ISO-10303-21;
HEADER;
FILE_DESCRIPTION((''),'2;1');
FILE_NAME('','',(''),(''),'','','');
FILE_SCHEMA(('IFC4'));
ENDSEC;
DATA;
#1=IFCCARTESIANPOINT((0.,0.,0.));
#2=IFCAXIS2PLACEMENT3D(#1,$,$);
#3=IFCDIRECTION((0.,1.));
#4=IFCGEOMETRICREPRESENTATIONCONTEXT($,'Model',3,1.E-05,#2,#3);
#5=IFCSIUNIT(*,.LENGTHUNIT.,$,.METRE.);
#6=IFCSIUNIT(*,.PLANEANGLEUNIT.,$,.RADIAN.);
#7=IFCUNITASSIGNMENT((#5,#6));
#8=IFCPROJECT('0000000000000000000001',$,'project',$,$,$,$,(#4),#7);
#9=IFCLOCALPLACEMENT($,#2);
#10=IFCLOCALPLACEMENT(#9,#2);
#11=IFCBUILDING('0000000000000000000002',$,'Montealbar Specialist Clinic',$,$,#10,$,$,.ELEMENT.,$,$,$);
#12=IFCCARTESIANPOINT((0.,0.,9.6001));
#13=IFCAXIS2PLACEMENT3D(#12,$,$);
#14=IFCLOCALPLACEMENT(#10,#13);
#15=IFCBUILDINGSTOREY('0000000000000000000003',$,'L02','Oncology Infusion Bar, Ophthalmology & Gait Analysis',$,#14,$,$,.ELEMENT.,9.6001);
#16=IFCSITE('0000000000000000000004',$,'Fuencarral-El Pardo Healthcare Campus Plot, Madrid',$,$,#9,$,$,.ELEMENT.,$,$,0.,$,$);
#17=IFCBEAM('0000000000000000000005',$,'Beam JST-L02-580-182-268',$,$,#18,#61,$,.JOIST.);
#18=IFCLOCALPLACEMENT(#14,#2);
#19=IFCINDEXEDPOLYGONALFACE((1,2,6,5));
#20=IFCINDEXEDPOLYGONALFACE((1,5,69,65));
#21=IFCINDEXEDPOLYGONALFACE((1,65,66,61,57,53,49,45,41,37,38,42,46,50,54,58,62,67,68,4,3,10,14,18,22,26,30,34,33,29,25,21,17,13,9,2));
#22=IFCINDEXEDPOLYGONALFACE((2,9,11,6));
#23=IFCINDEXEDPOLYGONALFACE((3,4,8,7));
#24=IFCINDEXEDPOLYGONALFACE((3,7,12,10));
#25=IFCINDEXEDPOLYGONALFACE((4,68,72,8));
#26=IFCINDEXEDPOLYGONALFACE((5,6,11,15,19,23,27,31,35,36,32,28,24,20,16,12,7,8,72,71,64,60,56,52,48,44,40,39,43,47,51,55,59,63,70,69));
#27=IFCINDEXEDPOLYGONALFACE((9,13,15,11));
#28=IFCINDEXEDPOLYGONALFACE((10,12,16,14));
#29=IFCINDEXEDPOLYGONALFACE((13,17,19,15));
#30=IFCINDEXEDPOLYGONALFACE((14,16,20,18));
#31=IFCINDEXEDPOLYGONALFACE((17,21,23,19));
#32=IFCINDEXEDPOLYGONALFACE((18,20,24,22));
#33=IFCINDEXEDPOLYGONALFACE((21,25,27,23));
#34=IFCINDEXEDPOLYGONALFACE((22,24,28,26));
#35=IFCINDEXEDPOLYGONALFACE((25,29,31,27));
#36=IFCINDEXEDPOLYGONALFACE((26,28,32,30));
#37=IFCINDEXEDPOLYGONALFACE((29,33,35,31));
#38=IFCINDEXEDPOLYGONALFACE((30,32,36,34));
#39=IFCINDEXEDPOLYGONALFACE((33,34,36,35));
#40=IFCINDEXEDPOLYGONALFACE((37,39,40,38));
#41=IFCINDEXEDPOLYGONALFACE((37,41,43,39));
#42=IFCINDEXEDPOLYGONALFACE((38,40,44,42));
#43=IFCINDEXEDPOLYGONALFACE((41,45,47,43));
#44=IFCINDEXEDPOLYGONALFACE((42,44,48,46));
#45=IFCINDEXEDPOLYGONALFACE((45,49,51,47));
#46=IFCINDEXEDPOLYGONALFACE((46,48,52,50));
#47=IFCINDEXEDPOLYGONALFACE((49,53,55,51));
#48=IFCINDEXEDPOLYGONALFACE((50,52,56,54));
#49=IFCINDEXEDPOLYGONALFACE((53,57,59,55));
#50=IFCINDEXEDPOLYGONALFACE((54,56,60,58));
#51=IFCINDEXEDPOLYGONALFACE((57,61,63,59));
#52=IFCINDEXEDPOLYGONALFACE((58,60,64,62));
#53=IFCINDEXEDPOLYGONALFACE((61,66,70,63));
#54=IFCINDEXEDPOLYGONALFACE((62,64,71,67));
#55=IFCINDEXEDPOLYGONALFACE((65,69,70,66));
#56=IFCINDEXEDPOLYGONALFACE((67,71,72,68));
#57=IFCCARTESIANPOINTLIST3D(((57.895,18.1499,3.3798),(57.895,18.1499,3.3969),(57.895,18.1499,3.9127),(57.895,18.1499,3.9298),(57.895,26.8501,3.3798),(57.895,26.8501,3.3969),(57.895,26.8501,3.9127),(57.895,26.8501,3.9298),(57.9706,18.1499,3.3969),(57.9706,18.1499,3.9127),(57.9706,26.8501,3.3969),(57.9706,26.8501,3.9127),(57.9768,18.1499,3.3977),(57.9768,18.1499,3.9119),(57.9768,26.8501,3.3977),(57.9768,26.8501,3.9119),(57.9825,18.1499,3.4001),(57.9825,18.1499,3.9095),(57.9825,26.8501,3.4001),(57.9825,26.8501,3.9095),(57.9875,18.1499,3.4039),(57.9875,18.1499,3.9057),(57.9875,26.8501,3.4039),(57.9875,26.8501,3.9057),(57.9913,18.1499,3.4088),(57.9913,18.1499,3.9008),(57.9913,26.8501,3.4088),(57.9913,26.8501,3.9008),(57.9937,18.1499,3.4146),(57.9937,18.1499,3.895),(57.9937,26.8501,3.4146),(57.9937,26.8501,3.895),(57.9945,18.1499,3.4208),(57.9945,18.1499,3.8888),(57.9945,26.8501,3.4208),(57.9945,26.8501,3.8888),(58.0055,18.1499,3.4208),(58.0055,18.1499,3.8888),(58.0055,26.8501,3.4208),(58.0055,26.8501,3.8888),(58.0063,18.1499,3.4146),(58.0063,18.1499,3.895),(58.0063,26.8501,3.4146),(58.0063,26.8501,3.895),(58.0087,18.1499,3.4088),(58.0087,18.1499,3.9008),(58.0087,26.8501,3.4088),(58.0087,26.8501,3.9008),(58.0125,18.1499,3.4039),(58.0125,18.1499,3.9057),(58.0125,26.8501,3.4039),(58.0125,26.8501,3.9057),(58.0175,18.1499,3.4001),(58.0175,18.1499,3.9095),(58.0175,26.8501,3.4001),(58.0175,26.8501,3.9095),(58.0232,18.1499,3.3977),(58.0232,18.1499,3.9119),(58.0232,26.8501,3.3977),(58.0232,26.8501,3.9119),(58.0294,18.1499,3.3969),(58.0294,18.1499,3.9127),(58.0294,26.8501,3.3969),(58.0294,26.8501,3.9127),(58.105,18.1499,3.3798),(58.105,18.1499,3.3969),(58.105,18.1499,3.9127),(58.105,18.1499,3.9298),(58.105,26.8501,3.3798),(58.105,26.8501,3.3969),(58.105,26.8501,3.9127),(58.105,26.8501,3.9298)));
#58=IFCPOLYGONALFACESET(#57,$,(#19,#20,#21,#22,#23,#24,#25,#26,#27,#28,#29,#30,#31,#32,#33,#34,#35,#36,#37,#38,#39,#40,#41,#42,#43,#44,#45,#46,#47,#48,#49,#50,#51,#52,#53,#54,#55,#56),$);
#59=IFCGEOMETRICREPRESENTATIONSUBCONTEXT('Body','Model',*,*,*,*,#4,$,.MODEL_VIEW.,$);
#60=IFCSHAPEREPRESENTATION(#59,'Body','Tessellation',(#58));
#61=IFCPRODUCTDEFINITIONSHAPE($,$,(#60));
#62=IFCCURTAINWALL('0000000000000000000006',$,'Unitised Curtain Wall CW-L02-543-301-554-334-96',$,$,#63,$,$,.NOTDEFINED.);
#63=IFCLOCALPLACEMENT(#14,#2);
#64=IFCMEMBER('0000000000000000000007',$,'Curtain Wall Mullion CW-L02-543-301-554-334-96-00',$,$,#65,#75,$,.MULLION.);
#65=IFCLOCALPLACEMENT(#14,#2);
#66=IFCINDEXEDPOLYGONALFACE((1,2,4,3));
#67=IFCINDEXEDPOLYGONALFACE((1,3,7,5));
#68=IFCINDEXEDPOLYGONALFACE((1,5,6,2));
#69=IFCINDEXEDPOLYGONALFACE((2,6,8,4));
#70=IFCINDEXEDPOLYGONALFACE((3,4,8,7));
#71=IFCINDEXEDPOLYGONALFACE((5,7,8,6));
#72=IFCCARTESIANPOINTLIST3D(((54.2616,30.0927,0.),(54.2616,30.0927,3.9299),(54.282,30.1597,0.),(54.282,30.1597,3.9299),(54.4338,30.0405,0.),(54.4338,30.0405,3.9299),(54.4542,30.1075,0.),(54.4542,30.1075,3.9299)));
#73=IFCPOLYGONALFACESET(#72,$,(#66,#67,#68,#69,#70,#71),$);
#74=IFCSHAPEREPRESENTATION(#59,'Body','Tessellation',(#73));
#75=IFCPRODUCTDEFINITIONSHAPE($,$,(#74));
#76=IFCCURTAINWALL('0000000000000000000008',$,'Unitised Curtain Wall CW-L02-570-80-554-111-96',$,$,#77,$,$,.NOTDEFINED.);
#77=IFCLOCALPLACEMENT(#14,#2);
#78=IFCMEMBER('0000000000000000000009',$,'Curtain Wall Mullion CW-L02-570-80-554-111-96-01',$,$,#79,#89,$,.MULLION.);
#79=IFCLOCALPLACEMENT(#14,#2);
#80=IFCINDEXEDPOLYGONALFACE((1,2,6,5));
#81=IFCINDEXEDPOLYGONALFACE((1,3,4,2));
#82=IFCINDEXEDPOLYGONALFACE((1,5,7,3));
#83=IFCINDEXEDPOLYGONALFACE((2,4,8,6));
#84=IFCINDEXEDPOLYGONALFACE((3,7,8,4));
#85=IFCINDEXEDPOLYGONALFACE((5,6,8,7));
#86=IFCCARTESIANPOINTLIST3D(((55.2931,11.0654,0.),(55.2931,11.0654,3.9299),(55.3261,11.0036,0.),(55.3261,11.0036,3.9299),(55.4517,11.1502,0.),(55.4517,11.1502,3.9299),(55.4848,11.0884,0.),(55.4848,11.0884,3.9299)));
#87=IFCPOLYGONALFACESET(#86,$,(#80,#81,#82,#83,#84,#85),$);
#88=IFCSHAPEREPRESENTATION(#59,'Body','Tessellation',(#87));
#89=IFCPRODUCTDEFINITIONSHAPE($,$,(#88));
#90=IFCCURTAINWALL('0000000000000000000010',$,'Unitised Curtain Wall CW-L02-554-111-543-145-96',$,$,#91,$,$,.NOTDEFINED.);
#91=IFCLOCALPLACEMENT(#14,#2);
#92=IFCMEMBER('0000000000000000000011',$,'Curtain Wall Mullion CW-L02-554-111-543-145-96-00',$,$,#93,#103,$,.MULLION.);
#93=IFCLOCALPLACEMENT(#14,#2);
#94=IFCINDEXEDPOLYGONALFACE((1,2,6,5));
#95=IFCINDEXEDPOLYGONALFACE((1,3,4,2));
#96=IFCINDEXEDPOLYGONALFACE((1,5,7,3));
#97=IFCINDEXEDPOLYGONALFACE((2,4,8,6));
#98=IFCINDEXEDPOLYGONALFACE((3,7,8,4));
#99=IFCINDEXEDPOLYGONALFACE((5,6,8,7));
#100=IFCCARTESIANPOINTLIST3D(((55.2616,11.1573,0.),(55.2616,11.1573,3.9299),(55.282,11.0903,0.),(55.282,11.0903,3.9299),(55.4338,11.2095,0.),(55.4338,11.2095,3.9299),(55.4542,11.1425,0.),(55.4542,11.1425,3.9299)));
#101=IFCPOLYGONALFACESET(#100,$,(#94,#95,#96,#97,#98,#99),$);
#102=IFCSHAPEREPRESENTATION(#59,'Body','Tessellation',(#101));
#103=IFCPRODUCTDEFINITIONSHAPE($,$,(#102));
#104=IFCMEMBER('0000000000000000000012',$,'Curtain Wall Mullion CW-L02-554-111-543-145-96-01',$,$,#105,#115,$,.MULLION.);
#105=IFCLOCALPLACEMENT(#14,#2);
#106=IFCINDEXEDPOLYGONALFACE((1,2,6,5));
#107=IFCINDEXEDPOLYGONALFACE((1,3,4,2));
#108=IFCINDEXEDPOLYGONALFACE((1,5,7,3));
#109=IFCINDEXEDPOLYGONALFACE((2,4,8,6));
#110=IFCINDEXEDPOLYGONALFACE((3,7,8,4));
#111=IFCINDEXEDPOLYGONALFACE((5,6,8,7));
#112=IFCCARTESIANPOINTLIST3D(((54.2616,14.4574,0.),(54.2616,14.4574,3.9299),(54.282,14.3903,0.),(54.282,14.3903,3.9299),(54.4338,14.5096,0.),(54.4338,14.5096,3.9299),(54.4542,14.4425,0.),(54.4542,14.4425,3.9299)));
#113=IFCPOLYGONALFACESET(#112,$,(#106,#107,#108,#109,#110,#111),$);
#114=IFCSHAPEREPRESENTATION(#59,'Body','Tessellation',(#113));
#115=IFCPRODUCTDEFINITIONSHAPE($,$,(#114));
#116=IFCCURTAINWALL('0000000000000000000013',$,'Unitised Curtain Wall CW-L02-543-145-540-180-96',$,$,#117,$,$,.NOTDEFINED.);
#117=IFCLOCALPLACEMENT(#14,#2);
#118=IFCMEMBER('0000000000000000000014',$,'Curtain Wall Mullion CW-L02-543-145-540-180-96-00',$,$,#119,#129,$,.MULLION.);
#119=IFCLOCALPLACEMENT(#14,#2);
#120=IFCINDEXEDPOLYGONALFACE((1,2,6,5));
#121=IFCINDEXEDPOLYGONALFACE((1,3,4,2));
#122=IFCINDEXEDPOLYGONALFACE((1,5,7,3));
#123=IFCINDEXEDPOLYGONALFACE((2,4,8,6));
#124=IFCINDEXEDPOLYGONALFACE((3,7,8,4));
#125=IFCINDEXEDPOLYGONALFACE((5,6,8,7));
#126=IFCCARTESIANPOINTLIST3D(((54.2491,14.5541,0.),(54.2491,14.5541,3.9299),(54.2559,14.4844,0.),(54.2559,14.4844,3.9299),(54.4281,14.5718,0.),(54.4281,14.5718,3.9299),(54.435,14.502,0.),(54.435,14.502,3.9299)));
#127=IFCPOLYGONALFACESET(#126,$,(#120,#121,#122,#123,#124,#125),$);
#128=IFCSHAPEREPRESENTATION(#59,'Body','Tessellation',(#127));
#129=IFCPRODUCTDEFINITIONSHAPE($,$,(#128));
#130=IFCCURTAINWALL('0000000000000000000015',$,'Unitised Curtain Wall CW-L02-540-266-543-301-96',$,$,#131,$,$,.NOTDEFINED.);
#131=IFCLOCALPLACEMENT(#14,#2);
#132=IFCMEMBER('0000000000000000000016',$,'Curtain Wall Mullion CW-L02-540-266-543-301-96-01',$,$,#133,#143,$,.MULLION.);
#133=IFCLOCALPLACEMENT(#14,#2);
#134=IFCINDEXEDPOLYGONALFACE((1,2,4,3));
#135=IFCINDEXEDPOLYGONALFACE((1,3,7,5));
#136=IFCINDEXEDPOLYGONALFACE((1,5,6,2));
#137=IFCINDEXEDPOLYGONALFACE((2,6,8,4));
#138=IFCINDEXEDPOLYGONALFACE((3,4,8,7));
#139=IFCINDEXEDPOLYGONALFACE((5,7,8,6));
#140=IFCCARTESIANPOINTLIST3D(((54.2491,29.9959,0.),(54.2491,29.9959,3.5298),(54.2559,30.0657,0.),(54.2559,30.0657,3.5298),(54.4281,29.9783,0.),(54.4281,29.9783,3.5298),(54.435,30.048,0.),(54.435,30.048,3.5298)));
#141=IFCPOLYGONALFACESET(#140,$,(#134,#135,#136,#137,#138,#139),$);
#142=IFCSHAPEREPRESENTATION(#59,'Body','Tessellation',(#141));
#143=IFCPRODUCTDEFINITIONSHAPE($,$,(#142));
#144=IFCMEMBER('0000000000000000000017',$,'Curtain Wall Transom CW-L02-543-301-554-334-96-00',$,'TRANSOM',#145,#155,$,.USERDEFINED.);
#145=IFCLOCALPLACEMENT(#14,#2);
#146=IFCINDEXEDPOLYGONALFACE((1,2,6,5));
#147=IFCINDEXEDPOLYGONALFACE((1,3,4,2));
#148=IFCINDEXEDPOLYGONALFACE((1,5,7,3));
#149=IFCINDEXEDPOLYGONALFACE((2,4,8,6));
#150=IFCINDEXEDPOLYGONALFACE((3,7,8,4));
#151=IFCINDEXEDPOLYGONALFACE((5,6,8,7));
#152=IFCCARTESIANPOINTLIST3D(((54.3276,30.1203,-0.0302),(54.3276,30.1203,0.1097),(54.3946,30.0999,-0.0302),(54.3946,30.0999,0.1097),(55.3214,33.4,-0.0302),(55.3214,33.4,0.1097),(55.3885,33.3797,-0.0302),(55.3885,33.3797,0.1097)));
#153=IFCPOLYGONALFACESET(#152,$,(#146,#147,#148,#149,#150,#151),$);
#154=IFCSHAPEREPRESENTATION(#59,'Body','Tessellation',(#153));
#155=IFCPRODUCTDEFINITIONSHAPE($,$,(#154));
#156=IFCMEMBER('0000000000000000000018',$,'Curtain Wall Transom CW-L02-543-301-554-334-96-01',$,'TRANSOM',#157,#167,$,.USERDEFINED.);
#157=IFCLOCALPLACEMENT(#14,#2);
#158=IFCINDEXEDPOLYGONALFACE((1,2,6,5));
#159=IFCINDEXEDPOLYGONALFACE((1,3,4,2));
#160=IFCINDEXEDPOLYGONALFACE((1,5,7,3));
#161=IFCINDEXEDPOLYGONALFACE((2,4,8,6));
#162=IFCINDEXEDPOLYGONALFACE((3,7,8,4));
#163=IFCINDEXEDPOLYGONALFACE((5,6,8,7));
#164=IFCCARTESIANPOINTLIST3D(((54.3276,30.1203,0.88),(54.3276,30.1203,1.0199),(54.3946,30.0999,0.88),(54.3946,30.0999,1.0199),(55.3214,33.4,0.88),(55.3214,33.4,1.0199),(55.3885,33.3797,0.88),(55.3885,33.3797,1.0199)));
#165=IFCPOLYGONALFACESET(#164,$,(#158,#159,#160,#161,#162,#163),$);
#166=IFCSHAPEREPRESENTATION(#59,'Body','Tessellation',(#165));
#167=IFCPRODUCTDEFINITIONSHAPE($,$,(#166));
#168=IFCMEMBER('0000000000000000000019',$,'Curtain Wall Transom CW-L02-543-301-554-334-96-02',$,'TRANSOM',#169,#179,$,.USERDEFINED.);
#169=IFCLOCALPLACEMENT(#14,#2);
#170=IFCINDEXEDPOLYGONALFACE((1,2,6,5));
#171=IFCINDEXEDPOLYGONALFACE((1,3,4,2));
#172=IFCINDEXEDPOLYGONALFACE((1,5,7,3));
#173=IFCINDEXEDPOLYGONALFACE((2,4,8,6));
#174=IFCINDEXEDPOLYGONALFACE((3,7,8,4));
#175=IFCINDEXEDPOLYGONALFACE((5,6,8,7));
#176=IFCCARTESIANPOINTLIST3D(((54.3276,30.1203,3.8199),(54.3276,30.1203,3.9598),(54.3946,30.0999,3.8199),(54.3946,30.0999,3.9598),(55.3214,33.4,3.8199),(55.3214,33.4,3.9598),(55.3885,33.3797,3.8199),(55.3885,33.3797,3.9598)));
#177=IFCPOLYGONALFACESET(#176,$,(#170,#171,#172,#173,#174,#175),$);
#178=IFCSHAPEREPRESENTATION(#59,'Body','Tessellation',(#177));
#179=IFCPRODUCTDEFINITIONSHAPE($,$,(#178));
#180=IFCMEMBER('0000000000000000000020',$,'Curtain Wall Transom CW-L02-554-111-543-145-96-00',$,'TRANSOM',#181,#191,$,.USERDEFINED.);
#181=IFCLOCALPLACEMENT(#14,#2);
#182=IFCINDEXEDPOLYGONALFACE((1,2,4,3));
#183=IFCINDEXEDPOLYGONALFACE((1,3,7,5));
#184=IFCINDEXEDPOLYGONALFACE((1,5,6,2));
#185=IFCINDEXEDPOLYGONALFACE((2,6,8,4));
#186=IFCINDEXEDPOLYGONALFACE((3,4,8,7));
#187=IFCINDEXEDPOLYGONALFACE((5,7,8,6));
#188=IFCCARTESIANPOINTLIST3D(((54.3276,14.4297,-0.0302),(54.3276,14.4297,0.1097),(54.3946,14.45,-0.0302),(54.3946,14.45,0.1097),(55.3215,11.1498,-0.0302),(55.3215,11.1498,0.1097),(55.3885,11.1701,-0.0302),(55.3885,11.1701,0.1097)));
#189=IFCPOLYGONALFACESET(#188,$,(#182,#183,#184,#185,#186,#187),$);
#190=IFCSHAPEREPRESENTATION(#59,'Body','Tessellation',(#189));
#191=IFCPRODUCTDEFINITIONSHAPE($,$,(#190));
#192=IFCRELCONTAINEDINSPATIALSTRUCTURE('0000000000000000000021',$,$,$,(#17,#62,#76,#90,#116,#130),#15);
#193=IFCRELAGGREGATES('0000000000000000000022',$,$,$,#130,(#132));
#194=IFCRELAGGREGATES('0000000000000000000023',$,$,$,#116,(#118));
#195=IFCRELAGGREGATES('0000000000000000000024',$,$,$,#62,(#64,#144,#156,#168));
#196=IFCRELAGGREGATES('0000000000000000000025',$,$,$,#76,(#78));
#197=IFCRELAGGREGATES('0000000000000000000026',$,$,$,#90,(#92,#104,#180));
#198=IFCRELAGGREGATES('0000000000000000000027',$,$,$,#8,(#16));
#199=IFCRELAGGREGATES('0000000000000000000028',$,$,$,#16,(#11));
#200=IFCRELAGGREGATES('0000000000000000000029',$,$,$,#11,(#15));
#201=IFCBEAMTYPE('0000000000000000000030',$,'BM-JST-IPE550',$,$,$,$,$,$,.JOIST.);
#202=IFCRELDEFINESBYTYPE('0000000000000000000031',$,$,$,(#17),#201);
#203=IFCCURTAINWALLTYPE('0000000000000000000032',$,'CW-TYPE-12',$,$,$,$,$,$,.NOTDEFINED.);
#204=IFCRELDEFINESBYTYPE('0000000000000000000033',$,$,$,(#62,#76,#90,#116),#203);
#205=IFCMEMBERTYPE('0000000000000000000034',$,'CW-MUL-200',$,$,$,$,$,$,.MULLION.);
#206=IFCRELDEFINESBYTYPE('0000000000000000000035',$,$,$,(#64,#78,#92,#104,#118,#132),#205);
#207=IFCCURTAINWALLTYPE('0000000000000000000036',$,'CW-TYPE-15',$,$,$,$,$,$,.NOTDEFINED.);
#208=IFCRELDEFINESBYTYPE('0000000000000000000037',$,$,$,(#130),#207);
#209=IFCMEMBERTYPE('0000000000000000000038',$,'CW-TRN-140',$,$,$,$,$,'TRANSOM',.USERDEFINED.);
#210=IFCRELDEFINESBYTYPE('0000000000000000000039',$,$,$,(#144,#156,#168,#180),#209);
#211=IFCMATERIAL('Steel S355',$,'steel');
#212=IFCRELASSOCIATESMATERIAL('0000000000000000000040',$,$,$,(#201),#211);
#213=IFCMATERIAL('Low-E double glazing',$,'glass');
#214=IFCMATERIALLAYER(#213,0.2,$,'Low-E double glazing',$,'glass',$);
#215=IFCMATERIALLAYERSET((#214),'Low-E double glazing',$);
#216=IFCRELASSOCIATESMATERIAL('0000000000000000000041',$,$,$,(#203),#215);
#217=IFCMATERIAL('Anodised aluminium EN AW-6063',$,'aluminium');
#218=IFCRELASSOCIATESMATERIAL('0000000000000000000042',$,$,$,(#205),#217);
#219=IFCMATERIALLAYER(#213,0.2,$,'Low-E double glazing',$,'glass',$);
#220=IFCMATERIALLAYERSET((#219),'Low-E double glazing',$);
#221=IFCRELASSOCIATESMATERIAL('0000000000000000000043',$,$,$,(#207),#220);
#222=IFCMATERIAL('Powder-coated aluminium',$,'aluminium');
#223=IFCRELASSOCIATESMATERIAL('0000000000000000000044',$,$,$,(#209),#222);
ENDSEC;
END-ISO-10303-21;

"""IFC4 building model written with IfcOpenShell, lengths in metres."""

from ifc_helpers import new_model, si_unit, direction, frame, origin, origin_2d, place, context, subcontext, project, spatial, rectangle, i_section, extrude, material, layer, layer_set, material_profile, profile_set, type_object, element, aggregate, save


model = new_model("IFC4")

# Units and contexts
model_context = context("Model", 3, precision=1e-05, world=origin(), true_north=direction((0.0, 1.0)))
body_context = subcontext(model_context, "Body", "Model", "MODEL_VIEW")
ifc_project = project(units=[si_unit("LENGTHUNIT", "METRE"), si_unit("PLANEANGLEUNIT", "RADIAN")], contexts=[model_context])

# Site, building, storey
site_placement = place(None, origin())
site = spatial("IfcSite", under=ifc_project, at=site_placement, Name="Fuencarral-El Pardo Healthcare Campus Plot, Madrid", CompositionType="ELEMENT", RefElevation=0.0)
building_placement = place(site_placement, origin())
building = spatial("IfcBuilding", under=site, at=building_placement, Name="Montealbar Specialist Clinic", CompositionType="ELEMENT")
storey_placement = place(building_placement, frame((0.0, 0.0, 9.6001)))
storey = spatial("IfcBuildingStorey", under=building, at=storey_placement, Name="L02", Description="Oncology Infusion Bar, Ophthalmology & Gait Analysis", CompositionType="ELEMENT", Elevation=9.6001)

# Beam
ifc_material_1 = material(Name="Steel S355", Category="steel")
ifc_material_profile_1 = material_profile(ifc_material_1, i_section(OverallWidth=0.21, OverallDepth=0.55, WebThickness=0.011, FlangeThickness=0.0171, FilletRadius=0.0239, at=origin_2d()), Name="IPE 550", Category="steel")
ifc_profile_set_1 = profile_set([ifc_material_profile_1], Name="Steel S355")
beam_type_1 = type_object("IfcBeamType", Name="BM-JST-IPE550", PredefinedType="JOIST", material=ifc_profile_set_1)
beam_1_placement = place(storey_placement, frame((58.0, 18.1499, 3.6548), z_axis=(0.0, 1.0, 0.0), x_axis=(-1.0, 0.0, 0.0)))
element("IfcBeam", 1, at=beam_1_placement, inside=storey, type_object=beam_type_1, Name="Beam JST-L02-580-182-268", PredefinedType="JOIST", context=body_context, shape_type="SweptSolid", body=[
    extrude(i_section(OverallWidth=0.21, OverallDepth=0.55, WebThickness=0.011, FlangeThickness=0.0171, FilletRadius=0.0239, at=origin_2d()), origin(), (0.0, 0.0, 1.0), 8.7002),
])

# Curtain walls, members
ifc_material_2 = material(Name="Low-E double glazing", Category="glass")
ifc_layer_1 = layer(ifc_material_2, 0.2, Name="Low-E double glazing", Category="glass")
ifc_layer_set_1 = layer_set([ifc_layer_1], Name="Low-E double glazing")
curtain_wall_type_1 = type_object("IfcCurtainWallType", Name="CW-TYPE-12", PredefinedType="NOTDEFINED", material=ifc_layer_set_1)
curtain_wall_1_placement = place(storey_placement, origin())
curtain_wall_1 = element("IfcCurtainWall", 2, at=curtain_wall_1_placement, inside=storey, type_object=curtain_wall_type_1, Name="Unitised Curtain Wall CW-L02-543-301-554-334-96", PredefinedType="NOTDEFINED")
ifc_material_3 = material(Name="Anodised aluminium EN AW-6063", Category="aluminium")
ifc_material_profile_2 = material_profile(ifc_material_3, rectangle(XDim=0.0701, YDim=0.1799, at=origin_2d()), Name="ALU 70x180", Category="aluminium")
ifc_profile_set_2 = profile_set([ifc_material_profile_2], Name="Anodised aluminium EN AW-6063")
member_type_1 = type_object("IfcMemberType", Name="CW-MUL-200", PredefinedType="MULLION", material=ifc_profile_set_2)
member_1_placement = place(storey_placement, frame((54.3579, 30.1001, 0.0), z_axis=(0.0, 0.0, 1.0), x_axis=(0.290259, 0.956948, 0.0)))
member_1 = element("IfcMember", 3, at=member_1_placement, type_object=member_type_1, Name="Curtain Wall Mullion CW-L02-543-301-554-334-96-00", PredefinedType="MULLION", context=body_context, shape_type="SweptSolid", body=[
    extrude(rectangle(XDim=0.0701, YDim=0.1799, at=origin_2d()), origin(), (0.0, 0.0, 1.0), 3.9299),
])
curtain_wall_2_placement = place(storey_placement, origin())
curtain_wall_2 = element("IfcCurtainWall", 4, at=curtain_wall_2_placement, inside=storey, type_object=curtain_wall_type_1, Name="Unitised Curtain Wall CW-L02-570-80-554-111-96", PredefinedType="NOTDEFINED")
member_2_placement = place(storey_placement, frame((55.3889, 11.0769, 0.0), z_axis=(0.0, 0.0, 1.0), x_axis=(-0.471529, 0.88185, 0.0)))
member_2 = element("IfcMember", 5, at=member_2_placement, type_object=member_type_1, Name="Curtain Wall Mullion CW-L02-570-80-554-111-96-01", PredefinedType="MULLION", context=body_context, shape_type="SweptSolid", body=[
    extrude(rectangle(XDim=0.0701, YDim=0.1799, at=origin_2d()), origin(), (0.0, 0.0, 1.0), 3.9299),
])

# Curtain wall, members
curtain_wall_3_placement = place(storey_placement, origin())
curtain_wall_3 = element("IfcCurtainWall", 6, at=curtain_wall_3_placement, inside=storey, type_object=curtain_wall_type_1, Name="Unitised Curtain Wall CW-L02-554-111-543-145-96", PredefinedType="NOTDEFINED")
member_3_placement = place(storey_placement, frame((55.3579, 11.1499, 0.0), z_axis=(0.0, 0.0, 1.0), x_axis=(-0.290259, 0.956948, 0.0)))
member_3 = element("IfcMember", 7, at=member_3_placement, type_object=member_type_1, Name="Curtain Wall Mullion CW-L02-554-111-543-145-96-00", PredefinedType="MULLION", context=body_context, shape_type="SweptSolid", body=[
    extrude(rectangle(XDim=0.0701, YDim=0.1799, at=origin_2d()), origin(), (0.0, 0.0, 1.0), 3.9299),
])
member_4_placement = place(storey_placement, frame((54.3579, 14.45, 0.0), z_axis=(0.0, 0.0, 1.0), x_axis=(-0.290259, 0.956948, 0.0)))
member_4 = element("IfcMember", 8, at=member_4_placement, type_object=member_type_1, Name="Curtain Wall Mullion CW-L02-554-111-543-145-96-01", PredefinedType="MULLION", context=body_context, shape_type="SweptSolid", body=[
    extrude(rectangle(XDim=0.0701, YDim=0.1799, at=origin_2d()), origin(), (0.0, 0.0, 1.0), 3.9299),
])

# Curtain walls, members
curtain_wall_4_placement = place(storey_placement, origin())
curtain_wall_4 = element("IfcCurtainWall", 9, at=curtain_wall_4_placement, inside=storey, type_object=curtain_wall_type_1, Name="Unitised Curtain Wall CW-L02-543-145-540-180-96", PredefinedType="NOTDEFINED")
member_5_placement = place(storey_placement, frame((54.342, 14.5281, 0.0), z_axis=(0.0, 0.0, 1.0), x_axis=(-0.098045, 0.995182, 0.0)))
member_5 = element("IfcMember", 10, at=member_5_placement, type_object=member_type_1, Name="Curtain Wall Mullion CW-L02-543-145-540-180-96-00", PredefinedType="MULLION", context=body_context, shape_type="SweptSolid", body=[
    extrude(rectangle(XDim=0.0701, YDim=0.1799, at=origin_2d()), origin(), (0.0, 0.0, 1.0), 3.9299),
])
ifc_layer_2 = layer(ifc_material_2, 0.2, Name="Low-E double glazing", Category="glass")
ifc_layer_set_2 = layer_set([ifc_layer_2], Name="Low-E double glazing")
curtain_wall_type_2 = type_object("IfcCurtainWallType", Name="CW-TYPE-15", PredefinedType="NOTDEFINED", material=ifc_layer_set_2)
curtain_wall_5_placement = place(storey_placement, origin())
curtain_wall_5 = element("IfcCurtainWall", 11, at=curtain_wall_5_placement, inside=storey, type_object=curtain_wall_type_2, Name="Unitised Curtain Wall CW-L02-540-266-543-301-96", PredefinedType="NOTDEFINED")
member_6_placement = place(storey_placement, frame((54.342, 30.022, 0.0), z_axis=(0.0, 0.0, 1.0), x_axis=(0.098045, 0.995182, 0.0)))
member_6 = element("IfcMember", 12, at=member_6_placement, type_object=member_type_1, Name="Curtain Wall Mullion CW-L02-540-266-543-301-96-01", PredefinedType="MULLION", context=body_context, shape_type="SweptSolid", body=[
    extrude(rectangle(XDim=0.0701, YDim=0.1799, at=origin_2d()), origin(), (0.0, 0.0, 1.0), 3.5298),
])
aggregate(curtain_wall_5, [member_6])

# Members
ifc_material_4 = material(Name="Powder-coated aluminium", Category="aluminium")
ifc_material_profile_3 = material_profile(ifc_material_4, rectangle(XDim=0.0701, YDim=0.1399, at=origin_2d()), Name="ALU 70x140", Category="aluminium")
ifc_profile_set_3 = profile_set([ifc_material_profile_3], Name="Powder-coated aluminium")
member_type_2 = type_object("IfcMemberType", Name="CW-TRN-140", ElementType="TRANSOM", PredefinedType="USERDEFINED", material=ifc_profile_set_3)
member_7_placement = place(storey_placement, frame((54.3611, 30.1101, 0.0398), z_axis=(0.290013, 0.957023, 0.0), x_axis=(-0.957023, 0.290013, 0.0)))
member_7 = element("IfcMember", 13, at=member_7_placement, type_object=member_type_2, Name="Curtain Wall Transom CW-L02-543-301-554-334-96-00", ObjectType="TRANSOM", PredefinedType="USERDEFINED", context=body_context, shape_type="SweptSolid", body=[
    extrude(rectangle(XDim=0.0701, YDim=0.1399, at=origin_2d()), origin(), (0.0, 0.0, 1.0), 3.427),
])
member_8_placement = place(storey_placement, frame((54.3611, 30.1101, 0.95), z_axis=(0.290013, 0.957023, 0.0), x_axis=(-0.957023, 0.290013, 0.0)))
member_8 = element("IfcMember", 14, at=member_8_placement, type_object=member_type_2, Name="Curtain Wall Transom CW-L02-543-301-554-334-96-01", ObjectType="TRANSOM", PredefinedType="USERDEFINED", context=body_context, shape_type="SweptSolid", body=[
    extrude(rectangle(XDim=0.0701, YDim=0.1399, at=origin_2d()), origin(), (0.0, 0.0, 1.0), 3.427),
])
member_9_placement = place(storey_placement, frame((54.3611, 30.1101, 3.8899), z_axis=(0.290013, 0.957023, 0.0), x_axis=(-0.957023, 0.290013, 0.0)))
member_9 = element("IfcMember", 15, at=member_9_placement, type_object=member_type_2, Name="Curtain Wall Transom CW-L02-543-301-554-334-96-02", ObjectType="TRANSOM", PredefinedType="USERDEFINED", context=body_context, shape_type="SweptSolid", body=[
    extrude(rectangle(XDim=0.0701, YDim=0.1399, at=origin_2d()), origin(), (0.0, 0.0, 1.0), 3.427),
])
member_10_placement = place(storey_placement, frame((55.355, 11.1599, 0.0398), z_axis=(-0.289994, 0.957029, 0.0), x_axis=(-0.957029, -0.289994, 0.0)))
member_10 = element("IfcMember", 16, at=member_10_placement, type_object=member_type_2, Name="Curtain Wall Transom CW-L02-554-111-543-145-96-00", ObjectType="TRANSOM", PredefinedType="USERDEFINED", context=body_context, shape_type="SweptSolid", body=[
    extrude(rectangle(XDim=0.0701, YDim=0.1399, at=origin_2d()), origin(), (0.0, 0.0, 1.0), 3.4272),
])
aggregate(curtain_wall_4, [member_5])

aggregate(curtain_wall_1, [member_1, member_7, member_8, member_9])
aggregate(curtain_wall_2, [member_2])
aggregate(curtain_wall_3, [member_3, member_4, member_10])

save(model, "model.ifc")
